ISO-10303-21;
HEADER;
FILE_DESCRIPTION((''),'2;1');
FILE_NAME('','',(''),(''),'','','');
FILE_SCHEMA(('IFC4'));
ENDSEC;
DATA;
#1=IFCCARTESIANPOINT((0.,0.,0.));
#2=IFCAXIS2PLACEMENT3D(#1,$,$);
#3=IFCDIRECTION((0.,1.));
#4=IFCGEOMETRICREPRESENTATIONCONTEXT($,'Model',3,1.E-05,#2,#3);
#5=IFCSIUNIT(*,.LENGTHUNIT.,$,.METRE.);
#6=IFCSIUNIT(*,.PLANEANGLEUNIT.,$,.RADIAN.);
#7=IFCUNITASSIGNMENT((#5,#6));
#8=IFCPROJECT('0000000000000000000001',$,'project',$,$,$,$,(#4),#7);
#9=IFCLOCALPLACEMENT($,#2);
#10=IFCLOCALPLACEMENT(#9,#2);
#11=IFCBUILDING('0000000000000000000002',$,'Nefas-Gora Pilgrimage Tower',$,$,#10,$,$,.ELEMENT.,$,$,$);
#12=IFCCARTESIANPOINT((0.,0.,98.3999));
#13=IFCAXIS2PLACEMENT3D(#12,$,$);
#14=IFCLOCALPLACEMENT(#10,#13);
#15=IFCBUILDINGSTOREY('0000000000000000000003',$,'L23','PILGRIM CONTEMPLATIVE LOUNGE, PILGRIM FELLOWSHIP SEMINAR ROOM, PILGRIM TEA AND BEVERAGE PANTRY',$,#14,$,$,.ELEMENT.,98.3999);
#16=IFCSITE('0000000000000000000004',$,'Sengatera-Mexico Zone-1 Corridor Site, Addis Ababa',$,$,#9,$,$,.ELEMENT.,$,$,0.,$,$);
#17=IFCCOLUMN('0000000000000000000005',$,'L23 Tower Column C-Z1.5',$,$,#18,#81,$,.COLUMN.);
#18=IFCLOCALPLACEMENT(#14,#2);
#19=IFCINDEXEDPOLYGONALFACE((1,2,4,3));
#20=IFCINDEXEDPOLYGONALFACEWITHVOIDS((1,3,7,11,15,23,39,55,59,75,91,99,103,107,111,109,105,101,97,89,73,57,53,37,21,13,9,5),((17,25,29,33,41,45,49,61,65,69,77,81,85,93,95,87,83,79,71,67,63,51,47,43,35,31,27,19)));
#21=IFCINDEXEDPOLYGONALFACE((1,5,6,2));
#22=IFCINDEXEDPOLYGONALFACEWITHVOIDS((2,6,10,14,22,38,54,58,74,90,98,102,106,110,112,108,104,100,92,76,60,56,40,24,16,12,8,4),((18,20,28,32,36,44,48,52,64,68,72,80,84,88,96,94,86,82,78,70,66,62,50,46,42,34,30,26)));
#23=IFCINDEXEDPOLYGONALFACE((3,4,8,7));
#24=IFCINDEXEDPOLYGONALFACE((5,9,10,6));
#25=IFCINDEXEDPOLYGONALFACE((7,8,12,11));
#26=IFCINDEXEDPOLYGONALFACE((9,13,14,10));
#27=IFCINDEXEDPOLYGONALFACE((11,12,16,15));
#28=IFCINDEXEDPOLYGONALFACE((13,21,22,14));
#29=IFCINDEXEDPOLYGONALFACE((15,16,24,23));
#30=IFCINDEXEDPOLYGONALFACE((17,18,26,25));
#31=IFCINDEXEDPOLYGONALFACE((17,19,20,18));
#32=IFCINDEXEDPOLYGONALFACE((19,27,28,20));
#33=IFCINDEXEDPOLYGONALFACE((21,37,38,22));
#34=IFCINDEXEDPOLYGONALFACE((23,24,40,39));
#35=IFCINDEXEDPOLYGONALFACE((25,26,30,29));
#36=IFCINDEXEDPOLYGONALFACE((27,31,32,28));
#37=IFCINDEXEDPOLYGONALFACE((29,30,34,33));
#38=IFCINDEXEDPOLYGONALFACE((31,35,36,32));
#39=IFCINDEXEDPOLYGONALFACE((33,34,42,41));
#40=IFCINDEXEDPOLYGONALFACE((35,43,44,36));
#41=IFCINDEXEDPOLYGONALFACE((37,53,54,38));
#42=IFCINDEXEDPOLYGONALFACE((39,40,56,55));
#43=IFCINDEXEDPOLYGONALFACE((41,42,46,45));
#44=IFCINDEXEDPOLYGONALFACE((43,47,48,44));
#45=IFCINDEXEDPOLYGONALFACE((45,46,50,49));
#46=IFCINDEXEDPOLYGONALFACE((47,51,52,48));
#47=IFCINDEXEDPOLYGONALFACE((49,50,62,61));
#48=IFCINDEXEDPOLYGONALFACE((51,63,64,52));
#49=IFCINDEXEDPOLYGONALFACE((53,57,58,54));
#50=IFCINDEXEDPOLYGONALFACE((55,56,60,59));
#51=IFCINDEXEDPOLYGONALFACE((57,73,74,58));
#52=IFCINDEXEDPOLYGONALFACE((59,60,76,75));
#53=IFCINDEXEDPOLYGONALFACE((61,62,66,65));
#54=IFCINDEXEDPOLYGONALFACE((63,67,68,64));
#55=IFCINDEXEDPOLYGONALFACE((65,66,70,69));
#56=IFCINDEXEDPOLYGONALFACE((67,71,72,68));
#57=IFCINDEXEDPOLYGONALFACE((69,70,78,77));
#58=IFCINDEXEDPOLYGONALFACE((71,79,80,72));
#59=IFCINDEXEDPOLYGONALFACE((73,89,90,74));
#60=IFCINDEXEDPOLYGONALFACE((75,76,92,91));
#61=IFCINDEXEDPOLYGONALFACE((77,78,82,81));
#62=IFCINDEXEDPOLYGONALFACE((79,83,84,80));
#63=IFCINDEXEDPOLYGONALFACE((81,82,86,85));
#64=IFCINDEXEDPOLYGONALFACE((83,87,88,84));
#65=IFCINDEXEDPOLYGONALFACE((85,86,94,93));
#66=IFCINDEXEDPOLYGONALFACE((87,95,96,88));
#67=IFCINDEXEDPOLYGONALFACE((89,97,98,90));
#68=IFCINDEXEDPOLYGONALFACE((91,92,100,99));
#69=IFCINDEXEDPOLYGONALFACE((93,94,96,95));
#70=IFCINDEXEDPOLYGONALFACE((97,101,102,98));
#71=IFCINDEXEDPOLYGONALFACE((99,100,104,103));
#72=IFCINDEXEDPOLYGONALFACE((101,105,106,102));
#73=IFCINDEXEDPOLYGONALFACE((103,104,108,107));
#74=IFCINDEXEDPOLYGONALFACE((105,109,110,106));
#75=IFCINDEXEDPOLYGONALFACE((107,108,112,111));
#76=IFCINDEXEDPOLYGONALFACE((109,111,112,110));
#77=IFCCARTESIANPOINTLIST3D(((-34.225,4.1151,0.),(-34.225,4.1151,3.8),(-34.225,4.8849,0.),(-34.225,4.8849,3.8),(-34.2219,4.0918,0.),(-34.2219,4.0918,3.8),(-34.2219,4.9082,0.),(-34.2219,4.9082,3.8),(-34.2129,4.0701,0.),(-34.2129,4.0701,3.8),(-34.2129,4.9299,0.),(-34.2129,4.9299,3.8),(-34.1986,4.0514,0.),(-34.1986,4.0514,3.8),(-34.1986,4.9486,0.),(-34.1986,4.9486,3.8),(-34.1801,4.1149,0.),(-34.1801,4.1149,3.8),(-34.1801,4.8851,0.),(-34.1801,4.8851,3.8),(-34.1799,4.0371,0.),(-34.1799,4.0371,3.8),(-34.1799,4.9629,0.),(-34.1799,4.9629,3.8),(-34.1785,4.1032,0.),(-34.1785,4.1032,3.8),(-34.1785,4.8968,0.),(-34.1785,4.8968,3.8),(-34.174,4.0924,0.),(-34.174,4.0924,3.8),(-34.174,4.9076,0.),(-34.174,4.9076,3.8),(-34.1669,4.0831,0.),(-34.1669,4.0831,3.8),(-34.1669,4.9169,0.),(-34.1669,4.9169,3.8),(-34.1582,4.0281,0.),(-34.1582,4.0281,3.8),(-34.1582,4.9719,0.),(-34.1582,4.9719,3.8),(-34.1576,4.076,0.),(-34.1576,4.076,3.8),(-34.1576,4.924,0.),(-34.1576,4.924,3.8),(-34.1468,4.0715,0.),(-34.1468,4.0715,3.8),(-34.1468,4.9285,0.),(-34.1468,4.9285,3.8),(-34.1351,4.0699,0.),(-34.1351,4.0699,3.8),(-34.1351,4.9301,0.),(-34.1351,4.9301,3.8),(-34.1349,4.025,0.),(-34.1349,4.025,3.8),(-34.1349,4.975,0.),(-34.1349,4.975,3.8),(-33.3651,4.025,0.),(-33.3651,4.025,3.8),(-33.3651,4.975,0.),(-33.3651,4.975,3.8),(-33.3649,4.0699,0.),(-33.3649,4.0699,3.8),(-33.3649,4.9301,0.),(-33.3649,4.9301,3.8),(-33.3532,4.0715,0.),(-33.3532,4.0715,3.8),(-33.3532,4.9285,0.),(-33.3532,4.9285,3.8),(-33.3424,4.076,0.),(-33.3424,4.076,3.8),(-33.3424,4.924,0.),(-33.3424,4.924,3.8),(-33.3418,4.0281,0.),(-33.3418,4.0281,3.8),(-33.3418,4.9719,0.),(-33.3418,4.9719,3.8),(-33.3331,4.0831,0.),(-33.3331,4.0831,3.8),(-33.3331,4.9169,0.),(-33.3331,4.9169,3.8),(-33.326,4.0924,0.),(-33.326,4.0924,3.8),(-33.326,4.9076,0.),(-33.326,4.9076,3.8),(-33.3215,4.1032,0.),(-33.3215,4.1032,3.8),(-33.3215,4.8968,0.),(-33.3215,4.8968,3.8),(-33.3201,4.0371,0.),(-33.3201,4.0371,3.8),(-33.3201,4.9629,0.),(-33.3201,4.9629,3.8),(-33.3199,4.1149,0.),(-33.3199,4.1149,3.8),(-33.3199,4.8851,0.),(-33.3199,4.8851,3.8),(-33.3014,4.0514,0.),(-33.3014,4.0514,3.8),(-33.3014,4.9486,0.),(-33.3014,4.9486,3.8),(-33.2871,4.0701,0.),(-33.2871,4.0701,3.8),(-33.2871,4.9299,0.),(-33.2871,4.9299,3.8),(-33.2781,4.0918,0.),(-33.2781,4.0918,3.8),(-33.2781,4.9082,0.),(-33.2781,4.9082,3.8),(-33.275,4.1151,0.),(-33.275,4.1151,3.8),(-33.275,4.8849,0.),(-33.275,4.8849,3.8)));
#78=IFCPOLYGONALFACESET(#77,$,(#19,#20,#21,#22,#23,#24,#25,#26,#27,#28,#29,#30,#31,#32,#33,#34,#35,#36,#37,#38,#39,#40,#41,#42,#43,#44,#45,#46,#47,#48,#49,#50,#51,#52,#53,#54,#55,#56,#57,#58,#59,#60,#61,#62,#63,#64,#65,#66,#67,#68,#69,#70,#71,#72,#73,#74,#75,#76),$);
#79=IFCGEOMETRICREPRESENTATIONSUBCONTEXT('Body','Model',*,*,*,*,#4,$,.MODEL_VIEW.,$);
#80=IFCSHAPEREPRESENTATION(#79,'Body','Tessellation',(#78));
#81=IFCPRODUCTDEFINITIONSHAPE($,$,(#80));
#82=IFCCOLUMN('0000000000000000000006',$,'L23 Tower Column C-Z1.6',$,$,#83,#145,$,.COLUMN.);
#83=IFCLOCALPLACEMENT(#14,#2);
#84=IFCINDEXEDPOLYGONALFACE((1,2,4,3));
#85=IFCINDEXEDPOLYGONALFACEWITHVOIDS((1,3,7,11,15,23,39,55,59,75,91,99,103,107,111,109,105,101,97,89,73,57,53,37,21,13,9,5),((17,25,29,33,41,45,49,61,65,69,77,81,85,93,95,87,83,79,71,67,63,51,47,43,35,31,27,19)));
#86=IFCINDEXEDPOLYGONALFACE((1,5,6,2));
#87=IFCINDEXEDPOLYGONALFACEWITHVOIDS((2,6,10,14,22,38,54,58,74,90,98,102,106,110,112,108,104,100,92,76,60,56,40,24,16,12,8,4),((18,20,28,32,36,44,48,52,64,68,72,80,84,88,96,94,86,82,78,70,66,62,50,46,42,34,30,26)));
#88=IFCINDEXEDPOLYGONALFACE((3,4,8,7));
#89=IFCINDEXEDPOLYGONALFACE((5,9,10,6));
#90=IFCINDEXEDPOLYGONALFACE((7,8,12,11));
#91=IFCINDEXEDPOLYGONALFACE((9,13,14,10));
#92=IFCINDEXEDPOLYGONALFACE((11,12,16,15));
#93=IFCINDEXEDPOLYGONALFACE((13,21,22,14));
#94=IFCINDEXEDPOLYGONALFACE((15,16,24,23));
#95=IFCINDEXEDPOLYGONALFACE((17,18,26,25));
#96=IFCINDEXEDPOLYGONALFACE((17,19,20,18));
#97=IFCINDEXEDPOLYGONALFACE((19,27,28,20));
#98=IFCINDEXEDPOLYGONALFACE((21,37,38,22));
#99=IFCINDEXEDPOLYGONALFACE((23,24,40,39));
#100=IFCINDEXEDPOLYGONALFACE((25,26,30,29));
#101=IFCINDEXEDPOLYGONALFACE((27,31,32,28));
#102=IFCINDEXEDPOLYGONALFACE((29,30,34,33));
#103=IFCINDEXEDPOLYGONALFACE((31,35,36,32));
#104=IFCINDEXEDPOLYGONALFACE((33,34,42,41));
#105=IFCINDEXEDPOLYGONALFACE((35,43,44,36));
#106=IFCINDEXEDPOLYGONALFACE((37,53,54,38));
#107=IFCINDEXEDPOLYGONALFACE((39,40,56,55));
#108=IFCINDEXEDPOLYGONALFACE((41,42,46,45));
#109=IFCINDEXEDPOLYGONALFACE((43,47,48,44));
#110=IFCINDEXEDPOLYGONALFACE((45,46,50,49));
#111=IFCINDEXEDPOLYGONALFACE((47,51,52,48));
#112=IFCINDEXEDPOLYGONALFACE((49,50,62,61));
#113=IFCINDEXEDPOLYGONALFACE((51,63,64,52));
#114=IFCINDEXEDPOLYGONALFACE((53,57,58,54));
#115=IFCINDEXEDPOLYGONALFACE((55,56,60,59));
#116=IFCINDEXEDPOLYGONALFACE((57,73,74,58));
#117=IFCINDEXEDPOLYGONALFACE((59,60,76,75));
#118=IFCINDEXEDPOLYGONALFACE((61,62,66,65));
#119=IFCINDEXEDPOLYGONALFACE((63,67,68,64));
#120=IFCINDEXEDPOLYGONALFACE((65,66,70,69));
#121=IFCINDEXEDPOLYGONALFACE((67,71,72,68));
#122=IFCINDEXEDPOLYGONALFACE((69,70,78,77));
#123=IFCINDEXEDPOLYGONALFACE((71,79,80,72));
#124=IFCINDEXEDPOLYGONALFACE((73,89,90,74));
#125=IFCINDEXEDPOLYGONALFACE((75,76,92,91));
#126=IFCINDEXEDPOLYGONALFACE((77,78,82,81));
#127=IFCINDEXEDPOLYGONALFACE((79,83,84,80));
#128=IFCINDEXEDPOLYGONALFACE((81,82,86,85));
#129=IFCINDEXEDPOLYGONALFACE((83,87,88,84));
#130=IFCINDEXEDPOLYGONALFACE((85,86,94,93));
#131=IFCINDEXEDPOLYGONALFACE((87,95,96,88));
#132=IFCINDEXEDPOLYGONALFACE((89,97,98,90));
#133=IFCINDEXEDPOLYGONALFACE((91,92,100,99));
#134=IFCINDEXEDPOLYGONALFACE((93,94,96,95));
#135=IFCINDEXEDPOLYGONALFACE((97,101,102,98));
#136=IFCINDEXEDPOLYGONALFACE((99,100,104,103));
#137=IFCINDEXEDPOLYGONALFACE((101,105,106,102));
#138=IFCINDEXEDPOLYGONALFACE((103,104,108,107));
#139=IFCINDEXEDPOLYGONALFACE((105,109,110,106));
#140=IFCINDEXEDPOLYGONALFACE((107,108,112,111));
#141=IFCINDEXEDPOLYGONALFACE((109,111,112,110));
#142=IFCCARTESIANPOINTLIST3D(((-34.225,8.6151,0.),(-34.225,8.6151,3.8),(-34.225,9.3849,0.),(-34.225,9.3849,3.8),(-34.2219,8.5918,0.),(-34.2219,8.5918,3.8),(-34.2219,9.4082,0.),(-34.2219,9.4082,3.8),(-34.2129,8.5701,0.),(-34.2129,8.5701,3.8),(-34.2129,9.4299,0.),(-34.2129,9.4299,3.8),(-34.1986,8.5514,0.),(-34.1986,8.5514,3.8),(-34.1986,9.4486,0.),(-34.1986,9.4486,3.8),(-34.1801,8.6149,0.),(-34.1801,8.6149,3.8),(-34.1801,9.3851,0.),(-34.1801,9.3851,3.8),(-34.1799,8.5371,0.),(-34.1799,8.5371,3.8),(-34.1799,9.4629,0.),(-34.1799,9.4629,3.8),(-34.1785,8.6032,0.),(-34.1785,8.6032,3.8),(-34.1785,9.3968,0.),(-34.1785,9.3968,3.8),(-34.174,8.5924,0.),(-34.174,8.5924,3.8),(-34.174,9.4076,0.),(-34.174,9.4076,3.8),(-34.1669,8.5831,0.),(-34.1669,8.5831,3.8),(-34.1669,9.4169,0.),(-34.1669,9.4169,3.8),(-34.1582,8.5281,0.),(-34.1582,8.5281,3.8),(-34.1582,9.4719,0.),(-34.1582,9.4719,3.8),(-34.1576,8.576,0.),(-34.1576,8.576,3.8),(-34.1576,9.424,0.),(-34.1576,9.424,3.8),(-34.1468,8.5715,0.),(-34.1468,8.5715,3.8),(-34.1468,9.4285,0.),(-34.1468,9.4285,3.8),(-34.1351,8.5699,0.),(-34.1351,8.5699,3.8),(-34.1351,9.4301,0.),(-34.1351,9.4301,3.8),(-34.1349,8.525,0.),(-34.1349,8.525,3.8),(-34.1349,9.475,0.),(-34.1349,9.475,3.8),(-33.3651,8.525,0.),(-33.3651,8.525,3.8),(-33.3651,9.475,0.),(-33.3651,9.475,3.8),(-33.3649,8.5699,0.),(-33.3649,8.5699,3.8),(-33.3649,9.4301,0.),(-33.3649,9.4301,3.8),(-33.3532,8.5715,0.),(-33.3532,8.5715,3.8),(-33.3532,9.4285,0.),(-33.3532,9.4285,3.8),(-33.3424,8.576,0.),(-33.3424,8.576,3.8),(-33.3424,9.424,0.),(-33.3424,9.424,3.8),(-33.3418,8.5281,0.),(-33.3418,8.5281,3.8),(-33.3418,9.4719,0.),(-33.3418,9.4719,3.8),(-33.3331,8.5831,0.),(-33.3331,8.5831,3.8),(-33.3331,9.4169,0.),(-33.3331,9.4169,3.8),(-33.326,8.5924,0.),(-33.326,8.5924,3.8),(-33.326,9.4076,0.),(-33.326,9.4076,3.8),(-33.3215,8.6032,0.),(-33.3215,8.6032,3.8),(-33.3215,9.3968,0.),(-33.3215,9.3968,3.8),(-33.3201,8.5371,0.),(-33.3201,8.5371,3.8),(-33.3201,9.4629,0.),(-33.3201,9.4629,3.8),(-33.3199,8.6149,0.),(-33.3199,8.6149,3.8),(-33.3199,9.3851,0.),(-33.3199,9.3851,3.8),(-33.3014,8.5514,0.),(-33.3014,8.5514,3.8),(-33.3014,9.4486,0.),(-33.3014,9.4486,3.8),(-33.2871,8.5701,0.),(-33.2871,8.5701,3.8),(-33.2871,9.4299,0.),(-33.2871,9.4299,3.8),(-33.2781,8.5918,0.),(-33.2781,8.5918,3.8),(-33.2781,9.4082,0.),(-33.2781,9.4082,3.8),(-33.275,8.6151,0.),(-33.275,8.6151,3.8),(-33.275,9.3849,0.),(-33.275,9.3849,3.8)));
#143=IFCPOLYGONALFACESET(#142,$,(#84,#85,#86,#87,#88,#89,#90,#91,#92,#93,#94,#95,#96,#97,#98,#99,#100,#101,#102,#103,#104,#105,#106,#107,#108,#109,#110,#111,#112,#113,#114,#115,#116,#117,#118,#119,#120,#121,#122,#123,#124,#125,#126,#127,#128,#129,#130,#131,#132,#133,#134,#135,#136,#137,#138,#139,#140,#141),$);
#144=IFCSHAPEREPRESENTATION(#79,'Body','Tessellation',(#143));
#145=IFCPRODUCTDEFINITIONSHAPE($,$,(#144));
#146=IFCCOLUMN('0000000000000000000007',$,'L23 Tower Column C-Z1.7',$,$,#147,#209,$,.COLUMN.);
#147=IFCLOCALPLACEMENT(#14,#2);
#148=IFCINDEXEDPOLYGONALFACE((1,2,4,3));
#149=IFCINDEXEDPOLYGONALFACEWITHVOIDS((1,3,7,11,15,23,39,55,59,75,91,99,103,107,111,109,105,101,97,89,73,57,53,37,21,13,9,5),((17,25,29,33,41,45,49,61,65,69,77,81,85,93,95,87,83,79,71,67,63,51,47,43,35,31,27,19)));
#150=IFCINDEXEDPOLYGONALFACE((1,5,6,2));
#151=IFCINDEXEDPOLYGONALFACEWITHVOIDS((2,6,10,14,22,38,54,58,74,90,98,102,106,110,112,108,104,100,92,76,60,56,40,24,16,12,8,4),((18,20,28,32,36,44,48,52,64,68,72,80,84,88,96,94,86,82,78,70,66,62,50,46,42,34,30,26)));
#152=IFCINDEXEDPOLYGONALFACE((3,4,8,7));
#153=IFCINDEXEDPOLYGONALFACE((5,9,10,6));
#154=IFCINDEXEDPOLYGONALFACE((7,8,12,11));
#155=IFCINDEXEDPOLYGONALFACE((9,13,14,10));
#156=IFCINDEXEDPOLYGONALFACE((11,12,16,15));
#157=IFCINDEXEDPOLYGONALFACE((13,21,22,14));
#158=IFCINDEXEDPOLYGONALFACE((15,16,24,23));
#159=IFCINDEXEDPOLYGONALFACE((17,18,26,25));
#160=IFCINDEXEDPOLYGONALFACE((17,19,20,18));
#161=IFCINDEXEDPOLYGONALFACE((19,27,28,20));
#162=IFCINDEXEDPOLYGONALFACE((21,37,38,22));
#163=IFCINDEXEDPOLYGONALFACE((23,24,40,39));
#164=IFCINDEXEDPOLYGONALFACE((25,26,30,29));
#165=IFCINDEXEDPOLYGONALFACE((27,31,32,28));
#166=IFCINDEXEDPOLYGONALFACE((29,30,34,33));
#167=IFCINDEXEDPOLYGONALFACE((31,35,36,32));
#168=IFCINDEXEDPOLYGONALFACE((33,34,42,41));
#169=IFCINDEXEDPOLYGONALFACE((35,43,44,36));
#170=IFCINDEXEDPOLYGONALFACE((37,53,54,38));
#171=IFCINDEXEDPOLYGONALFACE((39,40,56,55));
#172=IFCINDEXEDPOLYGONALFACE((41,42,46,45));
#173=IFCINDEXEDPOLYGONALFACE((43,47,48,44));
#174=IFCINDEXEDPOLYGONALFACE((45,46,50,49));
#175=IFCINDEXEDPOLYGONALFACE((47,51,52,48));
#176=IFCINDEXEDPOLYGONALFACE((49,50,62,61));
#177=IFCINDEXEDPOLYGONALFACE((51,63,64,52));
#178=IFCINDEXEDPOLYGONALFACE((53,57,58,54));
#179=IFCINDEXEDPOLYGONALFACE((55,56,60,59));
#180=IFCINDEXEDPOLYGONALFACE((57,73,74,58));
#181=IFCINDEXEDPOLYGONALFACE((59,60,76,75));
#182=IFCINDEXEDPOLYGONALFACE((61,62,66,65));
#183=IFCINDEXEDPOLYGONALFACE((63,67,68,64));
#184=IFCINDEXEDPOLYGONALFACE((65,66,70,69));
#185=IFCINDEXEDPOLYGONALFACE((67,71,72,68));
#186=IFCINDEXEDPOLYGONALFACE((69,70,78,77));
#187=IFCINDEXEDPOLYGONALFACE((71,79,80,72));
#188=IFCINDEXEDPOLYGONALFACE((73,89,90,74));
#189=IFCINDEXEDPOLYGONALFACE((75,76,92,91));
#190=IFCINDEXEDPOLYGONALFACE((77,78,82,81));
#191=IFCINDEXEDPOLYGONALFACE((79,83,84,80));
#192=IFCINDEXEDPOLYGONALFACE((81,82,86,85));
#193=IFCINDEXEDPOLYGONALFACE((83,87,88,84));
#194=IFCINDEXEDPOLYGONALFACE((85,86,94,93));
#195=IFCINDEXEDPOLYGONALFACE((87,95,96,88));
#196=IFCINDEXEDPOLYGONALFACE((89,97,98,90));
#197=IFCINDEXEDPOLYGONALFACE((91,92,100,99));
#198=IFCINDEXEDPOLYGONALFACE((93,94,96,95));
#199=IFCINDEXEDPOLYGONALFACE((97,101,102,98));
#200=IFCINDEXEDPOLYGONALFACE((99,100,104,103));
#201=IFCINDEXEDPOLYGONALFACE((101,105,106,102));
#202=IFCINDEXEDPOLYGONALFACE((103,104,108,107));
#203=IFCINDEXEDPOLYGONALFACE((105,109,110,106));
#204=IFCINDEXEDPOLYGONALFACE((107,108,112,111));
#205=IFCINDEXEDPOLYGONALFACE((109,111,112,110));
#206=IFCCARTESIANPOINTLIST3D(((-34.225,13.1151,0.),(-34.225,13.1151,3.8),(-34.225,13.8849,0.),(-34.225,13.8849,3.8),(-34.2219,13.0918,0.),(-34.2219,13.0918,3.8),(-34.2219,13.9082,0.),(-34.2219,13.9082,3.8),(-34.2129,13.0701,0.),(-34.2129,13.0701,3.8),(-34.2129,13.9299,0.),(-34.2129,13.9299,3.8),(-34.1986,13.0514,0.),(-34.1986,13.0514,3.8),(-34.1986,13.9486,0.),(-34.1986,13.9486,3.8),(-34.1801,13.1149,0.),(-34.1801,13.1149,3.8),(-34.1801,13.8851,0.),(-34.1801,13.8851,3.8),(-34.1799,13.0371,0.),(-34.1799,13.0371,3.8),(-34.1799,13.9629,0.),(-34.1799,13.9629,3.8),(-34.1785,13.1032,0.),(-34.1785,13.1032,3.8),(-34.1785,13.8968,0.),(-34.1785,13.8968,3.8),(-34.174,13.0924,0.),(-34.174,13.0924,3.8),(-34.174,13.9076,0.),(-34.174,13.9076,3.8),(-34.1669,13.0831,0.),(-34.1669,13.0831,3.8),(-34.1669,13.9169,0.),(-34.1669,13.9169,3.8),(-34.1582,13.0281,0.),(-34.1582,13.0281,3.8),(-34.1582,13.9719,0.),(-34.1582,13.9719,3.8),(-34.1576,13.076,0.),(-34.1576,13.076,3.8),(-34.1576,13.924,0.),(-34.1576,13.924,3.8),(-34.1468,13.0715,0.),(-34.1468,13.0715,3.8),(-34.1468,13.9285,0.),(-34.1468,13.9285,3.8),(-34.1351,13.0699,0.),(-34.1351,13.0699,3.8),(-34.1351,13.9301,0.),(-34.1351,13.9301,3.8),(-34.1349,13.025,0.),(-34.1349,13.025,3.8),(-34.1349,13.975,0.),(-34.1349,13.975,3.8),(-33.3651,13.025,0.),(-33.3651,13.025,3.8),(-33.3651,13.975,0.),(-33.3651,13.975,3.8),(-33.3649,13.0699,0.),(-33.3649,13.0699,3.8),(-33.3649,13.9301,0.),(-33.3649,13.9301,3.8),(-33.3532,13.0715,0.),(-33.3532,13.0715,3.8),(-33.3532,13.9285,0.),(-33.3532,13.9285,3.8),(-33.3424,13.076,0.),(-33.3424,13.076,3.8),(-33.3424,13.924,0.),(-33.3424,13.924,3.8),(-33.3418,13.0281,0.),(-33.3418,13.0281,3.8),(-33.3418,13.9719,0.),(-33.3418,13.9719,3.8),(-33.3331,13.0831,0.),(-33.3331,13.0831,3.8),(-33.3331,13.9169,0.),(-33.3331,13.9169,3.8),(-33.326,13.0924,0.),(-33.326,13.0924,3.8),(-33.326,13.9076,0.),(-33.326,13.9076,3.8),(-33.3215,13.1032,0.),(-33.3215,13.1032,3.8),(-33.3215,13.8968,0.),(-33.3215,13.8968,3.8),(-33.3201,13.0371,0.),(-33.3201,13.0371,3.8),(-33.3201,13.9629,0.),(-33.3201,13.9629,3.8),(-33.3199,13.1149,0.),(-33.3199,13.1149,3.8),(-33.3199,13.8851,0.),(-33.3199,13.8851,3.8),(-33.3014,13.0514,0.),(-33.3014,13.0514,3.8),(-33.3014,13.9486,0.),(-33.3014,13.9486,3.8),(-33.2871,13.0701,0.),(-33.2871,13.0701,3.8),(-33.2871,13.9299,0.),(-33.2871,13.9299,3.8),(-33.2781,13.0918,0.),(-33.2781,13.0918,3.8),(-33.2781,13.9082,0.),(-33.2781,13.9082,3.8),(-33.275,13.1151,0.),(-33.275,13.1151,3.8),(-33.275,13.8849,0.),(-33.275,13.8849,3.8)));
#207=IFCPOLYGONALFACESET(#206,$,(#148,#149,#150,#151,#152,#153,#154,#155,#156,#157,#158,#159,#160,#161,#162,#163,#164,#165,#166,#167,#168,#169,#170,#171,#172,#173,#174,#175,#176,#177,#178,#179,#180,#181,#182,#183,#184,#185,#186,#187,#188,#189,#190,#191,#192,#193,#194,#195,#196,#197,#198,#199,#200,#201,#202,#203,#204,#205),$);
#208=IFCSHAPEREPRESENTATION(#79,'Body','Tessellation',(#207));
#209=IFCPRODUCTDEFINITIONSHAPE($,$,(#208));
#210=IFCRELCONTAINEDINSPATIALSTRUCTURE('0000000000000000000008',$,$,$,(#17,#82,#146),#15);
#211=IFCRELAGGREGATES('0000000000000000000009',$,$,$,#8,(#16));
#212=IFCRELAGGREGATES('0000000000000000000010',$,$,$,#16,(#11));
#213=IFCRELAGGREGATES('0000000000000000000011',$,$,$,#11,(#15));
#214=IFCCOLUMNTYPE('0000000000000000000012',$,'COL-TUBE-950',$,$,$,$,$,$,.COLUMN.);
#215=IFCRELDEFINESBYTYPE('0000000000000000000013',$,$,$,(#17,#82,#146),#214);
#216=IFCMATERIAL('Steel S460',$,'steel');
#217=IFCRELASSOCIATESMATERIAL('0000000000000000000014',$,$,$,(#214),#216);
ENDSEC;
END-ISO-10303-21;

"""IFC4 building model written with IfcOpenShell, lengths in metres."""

from ifc_helpers import new_model, si_unit, direction, frame, origin, origin_2d, place, context, subcontext, project, spatial, hollow_rectangle, extrude, source, transform, mapped, material, material_profile, profile_set, type_object, element, save


model = new_model("IFC4")

# Units and contexts
model_context = context("Model", 3, precision=1e-05, world=origin(), true_north=direction((0.0, 1.0)))
body_context = subcontext(model_context, "Body", "Model", "MODEL_VIEW")
ifc_project = project(units=[si_unit("LENGTHUNIT", "METRE"), si_unit("PLANEANGLEUNIT", "RADIAN")], contexts=[model_context])

# Site, building, storey
site_placement = place(None, origin())
site = spatial("IfcSite", under=ifc_project, at=site_placement, Name="Sengatera-Mexico Zone-1 Corridor Site, Addis Ababa", CompositionType="ELEMENT", RefElevation=0.0)
building_placement = place(site_placement, origin())
building = spatial("IfcBuilding", under=site, at=building_placement, Name="Nefas-Gora Pilgrimage Tower", CompositionType="ELEMENT")
storey_placement = place(building_placement, frame((0.0, 0.0, 98.3999)))
storey = spatial("IfcBuildingStorey", under=building, at=storey_placement, Name="L23", Description="PILGRIM CONTEMPLATIVE LOUNGE, PILGRIM FELLOWSHIP SEMINAR ROOM, PILGRIM TEA AND BEVERAGE PANTRY", CompositionType="ELEMENT", Elevation=98.3999)

# Columns
ifc_material_1 = material(Name="Steel S460", Category="steel")
ifc_material_profile_1 = material_profile(ifc_material_1, hollow_rectangle(XDim=0.95, YDim=0.95, WallThickness=0.0449, InnerFilletRadius=0.0449, OuterFilletRadius=0.0901, at=origin_2d()), Name="BOX 950x950x45")
ifc_profile_set_1 = profile_set([ifc_material_profile_1], Name="Steel S460")
column_type_1 = type_object("IfcColumnType", Name="COL-TUBE-950", PredefinedType="COLUMN", material=ifc_profile_set_1)
shared_shape_1 = source(origin(), body_context, "Body", "SweptSolid", [
    extrude(hollow_rectangle(XDim=0.95, YDim=0.95, WallThickness=0.0449, InnerFilletRadius=0.0449, OuterFilletRadius=0.0901, at=origin_2d()), origin(), (0.0, 0.0, 1.0), 3.8),
])
for number, where, z_axis, x_axis, name in (
    (1, (-33.75, 4.5, 0.0), (0.0, 0.0, 1.0), (1.0, 0.0, 0.0), "L23 Tower Column C-Z1.5"),
    (2, (-33.75, 9.0, 0.0), (0.0, 0.0, 1.0), (1.0, 0.0, 0.0), "L23 Tower Column C-Z1.6"),
    (3, (-33.75, 13.5, 0.0), (0.0, 0.0, 1.0), (1.0, 0.0, 0.0), "L23 Tower Column C-Z1.7"),
):
    element("IfcColumn", number, at=place(storey_placement, frame(where, z_axis=z_axis, x_axis=x_axis)), inside=storey, type_object=column_type_1, Name=name, PredefinedType="COLUMN", context=body_context, shape_type="MappedRepresentation", body=[
        mapped(shared_shape_1, transform((0.0, 0.0, 0.0), x_axis=(1.0, 0.0, 0.0), y_axis=(0.0, 1.0, 0.0), z_axis=(0.0, 0.0, 1.0), scale=1.0)),
    ])

save(model, "model.ifc")
